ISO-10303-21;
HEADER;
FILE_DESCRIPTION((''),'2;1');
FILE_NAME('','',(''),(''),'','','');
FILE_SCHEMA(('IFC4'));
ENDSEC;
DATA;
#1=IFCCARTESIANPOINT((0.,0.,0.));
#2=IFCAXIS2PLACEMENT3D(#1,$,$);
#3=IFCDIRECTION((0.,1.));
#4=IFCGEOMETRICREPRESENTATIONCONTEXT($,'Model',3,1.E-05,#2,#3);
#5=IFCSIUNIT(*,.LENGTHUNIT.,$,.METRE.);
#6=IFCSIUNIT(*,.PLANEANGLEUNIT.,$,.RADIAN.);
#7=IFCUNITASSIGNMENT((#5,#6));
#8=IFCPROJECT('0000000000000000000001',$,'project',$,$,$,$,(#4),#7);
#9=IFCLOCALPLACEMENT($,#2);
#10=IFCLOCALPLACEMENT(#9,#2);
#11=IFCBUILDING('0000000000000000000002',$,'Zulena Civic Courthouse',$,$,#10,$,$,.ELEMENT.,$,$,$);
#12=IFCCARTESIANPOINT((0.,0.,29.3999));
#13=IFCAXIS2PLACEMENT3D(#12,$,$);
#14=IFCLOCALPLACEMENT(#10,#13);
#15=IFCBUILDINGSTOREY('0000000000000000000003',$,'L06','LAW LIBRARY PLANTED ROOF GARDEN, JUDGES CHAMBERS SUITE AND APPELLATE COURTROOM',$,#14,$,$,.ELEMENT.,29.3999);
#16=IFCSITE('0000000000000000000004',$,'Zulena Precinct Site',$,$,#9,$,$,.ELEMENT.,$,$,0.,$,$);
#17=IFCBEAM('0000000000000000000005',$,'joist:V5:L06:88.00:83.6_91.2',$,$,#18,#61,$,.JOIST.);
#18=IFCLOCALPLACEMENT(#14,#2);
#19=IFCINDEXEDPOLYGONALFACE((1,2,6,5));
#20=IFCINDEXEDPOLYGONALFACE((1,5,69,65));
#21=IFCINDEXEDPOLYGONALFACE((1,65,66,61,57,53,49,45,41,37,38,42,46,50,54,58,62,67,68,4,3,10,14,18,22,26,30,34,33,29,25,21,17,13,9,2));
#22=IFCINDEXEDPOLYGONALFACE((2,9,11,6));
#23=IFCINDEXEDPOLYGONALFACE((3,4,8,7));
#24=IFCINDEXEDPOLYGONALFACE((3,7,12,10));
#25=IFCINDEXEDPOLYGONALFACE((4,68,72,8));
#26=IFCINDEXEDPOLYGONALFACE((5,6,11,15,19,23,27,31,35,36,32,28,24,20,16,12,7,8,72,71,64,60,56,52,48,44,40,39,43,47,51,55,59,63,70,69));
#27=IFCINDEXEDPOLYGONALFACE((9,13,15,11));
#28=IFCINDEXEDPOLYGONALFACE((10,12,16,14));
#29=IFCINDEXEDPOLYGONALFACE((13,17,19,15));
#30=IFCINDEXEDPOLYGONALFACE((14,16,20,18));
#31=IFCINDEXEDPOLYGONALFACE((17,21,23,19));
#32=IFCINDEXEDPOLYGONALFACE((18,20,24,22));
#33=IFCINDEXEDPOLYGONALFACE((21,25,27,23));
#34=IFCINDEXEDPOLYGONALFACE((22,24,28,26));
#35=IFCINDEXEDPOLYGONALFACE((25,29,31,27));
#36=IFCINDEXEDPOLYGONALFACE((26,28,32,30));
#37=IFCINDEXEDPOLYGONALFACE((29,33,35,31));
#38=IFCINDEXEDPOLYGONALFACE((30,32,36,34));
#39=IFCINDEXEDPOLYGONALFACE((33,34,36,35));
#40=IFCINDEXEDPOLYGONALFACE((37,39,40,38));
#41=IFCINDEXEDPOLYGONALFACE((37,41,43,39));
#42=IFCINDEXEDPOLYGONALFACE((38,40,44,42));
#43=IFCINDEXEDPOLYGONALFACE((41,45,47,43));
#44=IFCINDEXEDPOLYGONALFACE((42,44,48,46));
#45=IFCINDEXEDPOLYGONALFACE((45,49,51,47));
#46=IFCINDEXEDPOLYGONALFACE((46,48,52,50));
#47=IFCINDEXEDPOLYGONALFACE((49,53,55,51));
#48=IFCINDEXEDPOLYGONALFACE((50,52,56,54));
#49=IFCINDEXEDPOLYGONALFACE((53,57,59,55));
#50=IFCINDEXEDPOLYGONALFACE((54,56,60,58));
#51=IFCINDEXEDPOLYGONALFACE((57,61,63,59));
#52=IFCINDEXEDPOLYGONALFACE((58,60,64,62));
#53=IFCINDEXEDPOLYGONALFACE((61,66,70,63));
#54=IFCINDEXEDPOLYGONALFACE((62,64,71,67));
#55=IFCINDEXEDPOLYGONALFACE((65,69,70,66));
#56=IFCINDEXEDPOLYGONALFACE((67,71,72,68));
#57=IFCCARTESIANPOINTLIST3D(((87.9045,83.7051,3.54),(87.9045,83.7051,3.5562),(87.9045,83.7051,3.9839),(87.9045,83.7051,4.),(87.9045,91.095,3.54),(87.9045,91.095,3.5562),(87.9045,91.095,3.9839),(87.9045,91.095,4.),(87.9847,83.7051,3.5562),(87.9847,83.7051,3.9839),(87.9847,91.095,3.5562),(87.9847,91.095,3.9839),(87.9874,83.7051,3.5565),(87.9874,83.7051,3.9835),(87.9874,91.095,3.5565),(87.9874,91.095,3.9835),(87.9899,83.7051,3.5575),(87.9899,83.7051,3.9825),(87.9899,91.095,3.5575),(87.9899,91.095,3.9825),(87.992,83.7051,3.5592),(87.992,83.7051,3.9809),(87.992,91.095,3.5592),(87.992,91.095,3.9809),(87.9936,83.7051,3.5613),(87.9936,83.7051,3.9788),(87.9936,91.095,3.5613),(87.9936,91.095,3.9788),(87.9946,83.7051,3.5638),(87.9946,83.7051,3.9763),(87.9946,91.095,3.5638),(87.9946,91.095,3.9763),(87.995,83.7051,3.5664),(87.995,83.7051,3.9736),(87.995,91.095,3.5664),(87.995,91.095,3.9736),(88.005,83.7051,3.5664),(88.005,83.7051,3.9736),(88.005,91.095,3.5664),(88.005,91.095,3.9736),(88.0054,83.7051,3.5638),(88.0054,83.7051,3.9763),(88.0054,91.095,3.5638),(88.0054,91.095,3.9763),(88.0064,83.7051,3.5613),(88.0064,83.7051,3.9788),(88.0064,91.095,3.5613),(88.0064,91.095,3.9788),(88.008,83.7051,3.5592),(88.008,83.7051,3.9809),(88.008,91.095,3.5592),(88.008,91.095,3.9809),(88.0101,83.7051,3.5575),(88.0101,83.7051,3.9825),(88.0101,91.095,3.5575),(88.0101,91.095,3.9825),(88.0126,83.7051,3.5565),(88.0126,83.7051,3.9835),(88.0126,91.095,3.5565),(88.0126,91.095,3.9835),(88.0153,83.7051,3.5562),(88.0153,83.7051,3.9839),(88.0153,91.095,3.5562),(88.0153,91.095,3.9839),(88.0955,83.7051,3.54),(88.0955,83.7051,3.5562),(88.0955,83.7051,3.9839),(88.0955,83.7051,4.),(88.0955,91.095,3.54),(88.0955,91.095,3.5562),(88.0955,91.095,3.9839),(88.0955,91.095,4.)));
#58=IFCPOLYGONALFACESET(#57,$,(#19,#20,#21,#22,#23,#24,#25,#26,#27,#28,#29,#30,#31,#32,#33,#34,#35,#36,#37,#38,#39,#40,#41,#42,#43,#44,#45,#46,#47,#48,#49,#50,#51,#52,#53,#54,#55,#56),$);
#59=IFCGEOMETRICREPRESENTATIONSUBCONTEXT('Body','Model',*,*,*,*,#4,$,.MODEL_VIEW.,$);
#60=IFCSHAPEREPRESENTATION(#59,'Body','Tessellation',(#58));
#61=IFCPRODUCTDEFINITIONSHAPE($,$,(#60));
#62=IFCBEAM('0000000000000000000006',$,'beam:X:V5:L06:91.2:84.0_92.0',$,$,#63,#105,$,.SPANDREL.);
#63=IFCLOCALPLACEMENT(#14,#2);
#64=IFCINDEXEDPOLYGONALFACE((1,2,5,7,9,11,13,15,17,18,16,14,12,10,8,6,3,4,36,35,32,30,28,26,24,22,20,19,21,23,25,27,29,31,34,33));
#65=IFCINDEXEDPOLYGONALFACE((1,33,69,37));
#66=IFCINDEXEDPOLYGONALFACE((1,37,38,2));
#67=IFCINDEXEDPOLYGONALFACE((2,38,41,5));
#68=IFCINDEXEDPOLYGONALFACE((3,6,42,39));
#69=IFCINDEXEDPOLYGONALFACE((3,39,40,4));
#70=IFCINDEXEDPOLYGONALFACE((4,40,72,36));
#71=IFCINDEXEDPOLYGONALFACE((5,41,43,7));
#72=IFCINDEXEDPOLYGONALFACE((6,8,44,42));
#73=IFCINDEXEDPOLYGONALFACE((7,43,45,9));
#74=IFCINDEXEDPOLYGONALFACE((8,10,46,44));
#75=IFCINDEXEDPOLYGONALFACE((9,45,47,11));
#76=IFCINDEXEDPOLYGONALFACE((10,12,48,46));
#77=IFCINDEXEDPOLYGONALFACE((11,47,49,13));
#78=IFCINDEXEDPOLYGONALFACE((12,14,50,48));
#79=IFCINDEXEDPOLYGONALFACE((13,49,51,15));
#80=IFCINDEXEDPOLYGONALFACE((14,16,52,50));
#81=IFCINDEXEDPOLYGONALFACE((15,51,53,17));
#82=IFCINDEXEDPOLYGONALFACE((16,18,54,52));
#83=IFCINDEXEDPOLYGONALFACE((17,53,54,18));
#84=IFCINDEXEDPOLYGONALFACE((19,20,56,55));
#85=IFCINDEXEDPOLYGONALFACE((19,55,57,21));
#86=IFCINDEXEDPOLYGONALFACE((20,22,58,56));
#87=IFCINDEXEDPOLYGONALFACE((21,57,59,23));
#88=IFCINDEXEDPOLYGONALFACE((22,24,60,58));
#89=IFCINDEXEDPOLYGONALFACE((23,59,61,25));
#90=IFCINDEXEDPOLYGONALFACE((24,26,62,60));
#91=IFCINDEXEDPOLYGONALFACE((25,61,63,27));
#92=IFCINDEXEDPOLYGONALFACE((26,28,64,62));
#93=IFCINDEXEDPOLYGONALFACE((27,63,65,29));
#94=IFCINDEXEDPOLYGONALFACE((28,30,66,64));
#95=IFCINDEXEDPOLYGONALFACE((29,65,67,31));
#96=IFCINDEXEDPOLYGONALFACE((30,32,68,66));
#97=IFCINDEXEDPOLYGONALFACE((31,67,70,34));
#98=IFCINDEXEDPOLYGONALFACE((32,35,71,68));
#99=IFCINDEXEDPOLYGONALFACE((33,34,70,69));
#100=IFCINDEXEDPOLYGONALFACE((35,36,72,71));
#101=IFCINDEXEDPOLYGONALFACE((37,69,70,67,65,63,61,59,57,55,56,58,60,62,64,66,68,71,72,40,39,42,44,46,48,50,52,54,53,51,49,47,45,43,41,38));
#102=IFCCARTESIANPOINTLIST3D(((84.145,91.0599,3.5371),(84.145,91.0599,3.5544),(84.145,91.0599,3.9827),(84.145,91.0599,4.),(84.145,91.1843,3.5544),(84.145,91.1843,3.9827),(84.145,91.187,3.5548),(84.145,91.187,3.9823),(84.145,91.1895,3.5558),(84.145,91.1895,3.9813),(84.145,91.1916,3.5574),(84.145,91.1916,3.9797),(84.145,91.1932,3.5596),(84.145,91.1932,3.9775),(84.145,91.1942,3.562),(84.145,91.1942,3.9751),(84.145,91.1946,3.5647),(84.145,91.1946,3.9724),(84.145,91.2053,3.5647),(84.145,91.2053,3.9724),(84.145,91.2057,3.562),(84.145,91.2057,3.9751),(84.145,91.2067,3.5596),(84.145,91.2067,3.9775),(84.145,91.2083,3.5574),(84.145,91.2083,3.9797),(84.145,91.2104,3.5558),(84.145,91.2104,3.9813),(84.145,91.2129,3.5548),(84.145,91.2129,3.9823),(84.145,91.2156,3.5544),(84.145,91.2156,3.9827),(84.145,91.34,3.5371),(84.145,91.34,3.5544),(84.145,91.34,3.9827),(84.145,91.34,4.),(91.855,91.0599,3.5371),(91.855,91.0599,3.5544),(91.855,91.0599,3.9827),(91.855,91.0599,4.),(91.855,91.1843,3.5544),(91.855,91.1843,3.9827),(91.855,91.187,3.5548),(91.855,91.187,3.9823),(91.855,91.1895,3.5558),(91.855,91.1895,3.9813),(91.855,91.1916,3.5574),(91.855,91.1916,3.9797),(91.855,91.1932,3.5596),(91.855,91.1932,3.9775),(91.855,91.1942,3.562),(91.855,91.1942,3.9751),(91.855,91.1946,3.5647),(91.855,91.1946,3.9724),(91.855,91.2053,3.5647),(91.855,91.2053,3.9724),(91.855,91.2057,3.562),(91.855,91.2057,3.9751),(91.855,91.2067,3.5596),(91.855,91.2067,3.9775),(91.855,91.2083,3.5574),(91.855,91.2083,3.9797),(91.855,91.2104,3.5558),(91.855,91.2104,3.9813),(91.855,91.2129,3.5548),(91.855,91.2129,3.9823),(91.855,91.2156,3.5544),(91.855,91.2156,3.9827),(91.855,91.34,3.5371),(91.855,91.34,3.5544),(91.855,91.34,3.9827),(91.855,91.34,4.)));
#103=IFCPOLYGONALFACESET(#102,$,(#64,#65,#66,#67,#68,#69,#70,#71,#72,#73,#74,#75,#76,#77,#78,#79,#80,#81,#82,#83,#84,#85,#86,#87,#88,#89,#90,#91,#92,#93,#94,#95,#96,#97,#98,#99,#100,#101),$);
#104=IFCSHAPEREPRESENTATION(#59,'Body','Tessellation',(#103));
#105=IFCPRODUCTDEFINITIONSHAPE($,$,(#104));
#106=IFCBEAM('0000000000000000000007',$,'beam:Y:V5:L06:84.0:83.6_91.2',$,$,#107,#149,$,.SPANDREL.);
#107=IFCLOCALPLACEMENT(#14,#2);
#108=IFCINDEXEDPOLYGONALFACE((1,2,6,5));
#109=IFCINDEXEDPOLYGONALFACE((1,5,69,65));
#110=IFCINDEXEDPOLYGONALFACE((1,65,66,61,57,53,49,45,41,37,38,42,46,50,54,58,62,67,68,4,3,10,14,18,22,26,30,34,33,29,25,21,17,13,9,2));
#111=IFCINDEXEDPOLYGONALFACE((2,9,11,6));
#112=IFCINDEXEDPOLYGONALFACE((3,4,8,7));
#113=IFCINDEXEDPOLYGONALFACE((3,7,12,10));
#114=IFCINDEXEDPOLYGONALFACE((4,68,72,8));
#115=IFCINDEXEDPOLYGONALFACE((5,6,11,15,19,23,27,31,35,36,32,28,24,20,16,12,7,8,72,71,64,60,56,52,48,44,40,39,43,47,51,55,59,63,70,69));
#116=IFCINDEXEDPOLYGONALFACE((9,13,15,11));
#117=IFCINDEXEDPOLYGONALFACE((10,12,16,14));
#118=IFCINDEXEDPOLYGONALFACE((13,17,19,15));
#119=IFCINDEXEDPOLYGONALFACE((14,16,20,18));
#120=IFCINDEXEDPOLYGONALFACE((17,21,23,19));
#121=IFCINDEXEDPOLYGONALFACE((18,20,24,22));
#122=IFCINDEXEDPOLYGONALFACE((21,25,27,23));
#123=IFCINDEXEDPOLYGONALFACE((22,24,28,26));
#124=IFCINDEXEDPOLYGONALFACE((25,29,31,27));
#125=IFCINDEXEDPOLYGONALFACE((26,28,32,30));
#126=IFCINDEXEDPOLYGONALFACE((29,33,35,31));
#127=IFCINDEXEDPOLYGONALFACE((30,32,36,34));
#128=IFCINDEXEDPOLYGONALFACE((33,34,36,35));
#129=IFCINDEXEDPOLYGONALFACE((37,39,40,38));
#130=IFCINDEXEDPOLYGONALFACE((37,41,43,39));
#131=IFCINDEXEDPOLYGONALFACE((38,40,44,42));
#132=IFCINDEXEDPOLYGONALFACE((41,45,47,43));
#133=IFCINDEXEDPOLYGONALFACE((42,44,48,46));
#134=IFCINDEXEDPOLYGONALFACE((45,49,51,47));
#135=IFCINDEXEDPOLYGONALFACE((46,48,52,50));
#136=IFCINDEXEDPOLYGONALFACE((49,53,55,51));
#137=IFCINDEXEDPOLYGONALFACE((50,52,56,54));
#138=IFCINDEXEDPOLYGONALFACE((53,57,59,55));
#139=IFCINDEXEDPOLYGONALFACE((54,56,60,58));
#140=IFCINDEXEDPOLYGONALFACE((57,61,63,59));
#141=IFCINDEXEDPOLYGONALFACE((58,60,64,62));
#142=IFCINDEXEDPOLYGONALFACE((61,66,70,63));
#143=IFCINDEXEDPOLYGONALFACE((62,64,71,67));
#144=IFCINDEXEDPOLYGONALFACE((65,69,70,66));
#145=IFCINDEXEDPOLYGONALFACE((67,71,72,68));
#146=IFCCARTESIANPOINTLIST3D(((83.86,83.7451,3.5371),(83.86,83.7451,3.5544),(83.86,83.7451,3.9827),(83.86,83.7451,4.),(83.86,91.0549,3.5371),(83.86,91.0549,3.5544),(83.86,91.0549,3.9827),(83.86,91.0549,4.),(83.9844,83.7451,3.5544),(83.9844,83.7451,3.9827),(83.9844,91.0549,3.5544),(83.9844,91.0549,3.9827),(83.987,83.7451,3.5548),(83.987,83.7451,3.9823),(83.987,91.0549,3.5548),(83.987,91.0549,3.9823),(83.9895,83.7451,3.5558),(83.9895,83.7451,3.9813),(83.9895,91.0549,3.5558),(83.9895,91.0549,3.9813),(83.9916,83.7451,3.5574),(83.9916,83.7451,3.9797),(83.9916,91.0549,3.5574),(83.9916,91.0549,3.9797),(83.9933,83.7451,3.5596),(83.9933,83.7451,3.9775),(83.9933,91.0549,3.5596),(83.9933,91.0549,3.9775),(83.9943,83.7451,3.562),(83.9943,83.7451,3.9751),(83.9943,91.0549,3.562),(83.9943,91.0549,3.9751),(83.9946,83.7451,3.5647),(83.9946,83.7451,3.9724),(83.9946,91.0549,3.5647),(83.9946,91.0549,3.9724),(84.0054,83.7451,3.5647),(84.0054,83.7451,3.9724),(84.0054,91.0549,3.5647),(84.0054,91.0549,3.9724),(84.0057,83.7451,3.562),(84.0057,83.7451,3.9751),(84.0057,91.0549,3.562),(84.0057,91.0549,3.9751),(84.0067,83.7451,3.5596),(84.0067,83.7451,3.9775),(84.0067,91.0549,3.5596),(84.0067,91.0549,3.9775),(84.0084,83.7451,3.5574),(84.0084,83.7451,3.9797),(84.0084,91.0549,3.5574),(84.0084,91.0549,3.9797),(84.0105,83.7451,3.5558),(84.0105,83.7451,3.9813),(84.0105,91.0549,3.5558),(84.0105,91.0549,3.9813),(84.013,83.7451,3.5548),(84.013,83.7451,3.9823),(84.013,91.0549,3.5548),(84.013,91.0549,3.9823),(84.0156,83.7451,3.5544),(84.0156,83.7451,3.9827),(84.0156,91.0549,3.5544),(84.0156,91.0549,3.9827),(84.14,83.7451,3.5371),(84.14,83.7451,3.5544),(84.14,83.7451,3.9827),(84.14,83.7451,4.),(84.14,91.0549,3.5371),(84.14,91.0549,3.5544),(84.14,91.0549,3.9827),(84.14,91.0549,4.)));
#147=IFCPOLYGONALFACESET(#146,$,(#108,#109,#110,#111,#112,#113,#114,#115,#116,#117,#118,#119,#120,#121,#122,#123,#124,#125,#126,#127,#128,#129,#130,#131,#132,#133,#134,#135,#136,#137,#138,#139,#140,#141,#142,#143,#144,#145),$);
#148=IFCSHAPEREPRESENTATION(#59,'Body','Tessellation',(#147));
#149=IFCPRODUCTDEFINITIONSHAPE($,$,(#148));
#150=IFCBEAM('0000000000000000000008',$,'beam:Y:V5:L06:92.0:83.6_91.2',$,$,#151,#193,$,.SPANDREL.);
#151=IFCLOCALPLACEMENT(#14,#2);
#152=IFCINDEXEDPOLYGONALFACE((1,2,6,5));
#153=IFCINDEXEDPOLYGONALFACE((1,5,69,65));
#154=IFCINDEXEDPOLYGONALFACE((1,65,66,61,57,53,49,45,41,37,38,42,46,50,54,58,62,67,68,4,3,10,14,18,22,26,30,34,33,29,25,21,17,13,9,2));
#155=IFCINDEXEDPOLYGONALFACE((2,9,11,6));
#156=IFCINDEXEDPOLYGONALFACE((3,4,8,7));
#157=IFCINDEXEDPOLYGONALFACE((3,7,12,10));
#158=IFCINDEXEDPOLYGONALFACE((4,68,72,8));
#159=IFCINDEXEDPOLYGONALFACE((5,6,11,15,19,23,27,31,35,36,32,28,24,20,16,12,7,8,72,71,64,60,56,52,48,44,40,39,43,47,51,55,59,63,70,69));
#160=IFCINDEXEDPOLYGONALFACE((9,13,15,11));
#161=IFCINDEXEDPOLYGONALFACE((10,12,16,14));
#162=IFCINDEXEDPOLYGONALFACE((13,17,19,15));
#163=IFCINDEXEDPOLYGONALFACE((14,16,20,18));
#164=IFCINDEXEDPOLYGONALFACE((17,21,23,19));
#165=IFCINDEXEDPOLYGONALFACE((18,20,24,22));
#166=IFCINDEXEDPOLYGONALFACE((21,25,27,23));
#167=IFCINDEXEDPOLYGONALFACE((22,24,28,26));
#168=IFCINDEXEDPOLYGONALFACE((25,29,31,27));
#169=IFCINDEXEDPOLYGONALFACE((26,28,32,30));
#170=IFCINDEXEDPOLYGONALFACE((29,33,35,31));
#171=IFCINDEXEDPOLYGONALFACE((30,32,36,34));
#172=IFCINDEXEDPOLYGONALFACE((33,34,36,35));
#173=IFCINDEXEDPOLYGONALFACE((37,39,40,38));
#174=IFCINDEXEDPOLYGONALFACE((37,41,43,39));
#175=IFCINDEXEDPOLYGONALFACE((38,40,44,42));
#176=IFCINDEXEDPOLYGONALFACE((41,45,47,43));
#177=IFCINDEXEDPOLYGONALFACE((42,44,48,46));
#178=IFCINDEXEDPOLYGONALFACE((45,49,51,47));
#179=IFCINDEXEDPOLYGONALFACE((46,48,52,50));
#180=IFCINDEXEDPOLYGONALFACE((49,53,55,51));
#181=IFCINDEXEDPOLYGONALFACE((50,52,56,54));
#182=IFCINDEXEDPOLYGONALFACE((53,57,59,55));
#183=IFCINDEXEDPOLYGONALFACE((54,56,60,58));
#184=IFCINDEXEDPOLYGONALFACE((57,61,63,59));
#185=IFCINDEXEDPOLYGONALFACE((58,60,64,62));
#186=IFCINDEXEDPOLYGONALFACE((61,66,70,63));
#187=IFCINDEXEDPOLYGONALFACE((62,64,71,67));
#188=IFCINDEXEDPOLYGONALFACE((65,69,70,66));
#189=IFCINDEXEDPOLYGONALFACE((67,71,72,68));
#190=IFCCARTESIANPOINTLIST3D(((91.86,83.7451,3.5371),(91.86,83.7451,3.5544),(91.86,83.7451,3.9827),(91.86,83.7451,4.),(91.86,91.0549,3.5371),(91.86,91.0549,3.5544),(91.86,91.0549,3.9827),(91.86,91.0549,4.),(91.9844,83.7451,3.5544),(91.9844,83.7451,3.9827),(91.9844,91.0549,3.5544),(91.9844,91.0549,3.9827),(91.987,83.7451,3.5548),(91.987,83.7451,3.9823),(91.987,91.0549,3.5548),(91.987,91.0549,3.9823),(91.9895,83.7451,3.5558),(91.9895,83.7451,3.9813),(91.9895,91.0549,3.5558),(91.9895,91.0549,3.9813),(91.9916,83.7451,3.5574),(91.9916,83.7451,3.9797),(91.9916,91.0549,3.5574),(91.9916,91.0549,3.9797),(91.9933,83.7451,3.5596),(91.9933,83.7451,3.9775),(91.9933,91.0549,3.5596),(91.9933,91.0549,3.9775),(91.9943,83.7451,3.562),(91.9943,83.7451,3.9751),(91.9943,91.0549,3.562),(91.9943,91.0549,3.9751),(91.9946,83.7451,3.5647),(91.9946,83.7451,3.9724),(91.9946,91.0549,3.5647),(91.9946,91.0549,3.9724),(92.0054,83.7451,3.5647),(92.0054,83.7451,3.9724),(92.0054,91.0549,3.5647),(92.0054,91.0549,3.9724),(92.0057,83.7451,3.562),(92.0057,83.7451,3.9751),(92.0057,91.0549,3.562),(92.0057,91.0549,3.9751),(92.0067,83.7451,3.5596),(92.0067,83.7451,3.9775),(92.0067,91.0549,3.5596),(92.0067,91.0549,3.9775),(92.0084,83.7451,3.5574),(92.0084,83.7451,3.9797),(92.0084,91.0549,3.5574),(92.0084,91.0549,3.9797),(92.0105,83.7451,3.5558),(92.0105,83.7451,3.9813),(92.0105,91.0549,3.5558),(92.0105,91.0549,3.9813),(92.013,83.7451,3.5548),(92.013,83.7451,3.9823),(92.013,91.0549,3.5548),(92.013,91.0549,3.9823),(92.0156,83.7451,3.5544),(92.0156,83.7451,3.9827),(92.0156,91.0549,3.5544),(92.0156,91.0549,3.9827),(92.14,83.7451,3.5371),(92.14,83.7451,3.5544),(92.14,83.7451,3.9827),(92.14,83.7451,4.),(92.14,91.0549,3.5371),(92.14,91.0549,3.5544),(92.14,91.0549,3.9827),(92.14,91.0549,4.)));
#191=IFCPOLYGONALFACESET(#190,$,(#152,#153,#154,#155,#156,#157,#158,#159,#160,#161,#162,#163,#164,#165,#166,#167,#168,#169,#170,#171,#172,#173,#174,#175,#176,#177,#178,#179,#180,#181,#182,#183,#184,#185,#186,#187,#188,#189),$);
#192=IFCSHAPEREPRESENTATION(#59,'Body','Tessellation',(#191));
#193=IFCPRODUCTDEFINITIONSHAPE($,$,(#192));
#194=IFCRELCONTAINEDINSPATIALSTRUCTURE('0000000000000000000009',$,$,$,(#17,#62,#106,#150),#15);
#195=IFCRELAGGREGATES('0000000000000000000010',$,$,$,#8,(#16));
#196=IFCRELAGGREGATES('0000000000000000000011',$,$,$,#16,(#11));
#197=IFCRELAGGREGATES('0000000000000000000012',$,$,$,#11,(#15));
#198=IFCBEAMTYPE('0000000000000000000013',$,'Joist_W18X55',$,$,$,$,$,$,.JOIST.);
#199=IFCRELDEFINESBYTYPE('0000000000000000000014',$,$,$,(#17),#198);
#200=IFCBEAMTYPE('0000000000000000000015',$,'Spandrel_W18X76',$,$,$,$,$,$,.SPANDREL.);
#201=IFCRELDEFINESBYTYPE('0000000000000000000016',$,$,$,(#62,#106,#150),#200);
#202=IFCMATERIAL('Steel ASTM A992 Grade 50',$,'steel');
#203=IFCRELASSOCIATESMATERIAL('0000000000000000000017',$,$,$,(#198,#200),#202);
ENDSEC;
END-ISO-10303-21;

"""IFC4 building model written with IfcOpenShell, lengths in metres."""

from ifc_helpers import new_model, si_unit, direction, frame, origin, origin_2d, place, context, subcontext, project, spatial, i_section, extrude, material, material_profile, profile_set, type_object, element, save


model = new_model("IFC4")

# Units and contexts
model_context = context("Model", 3, precision=1e-05, world=origin(), true_north=direction((0.0, 1.0)))
body_context = subcontext(model_context, "Body", "Model", "MODEL_VIEW")
ifc_project = project(units=[si_unit("LENGTHUNIT", "METRE"), si_unit("PLANEANGLEUNIT", "RADIAN")], contexts=[model_context])

# Site, building, storey
site_placement = place(None, origin())
site = spatial("IfcSite", under=ifc_project, at=site_placement, Name="Zulena Precinct Site", CompositionType="ELEMENT", RefElevation=0.0)
building_placement = place(site_placement, origin())
building = spatial("IfcBuilding", under=site, at=building_placement, Name="Zulena Civic Courthouse", CompositionType="ELEMENT")
storey_placement = place(building_placement, frame((0.0, 0.0, 29.3999)))
storey = spatial("IfcBuildingStorey", under=building, at=storey_placement, Name="L06", Description="LAW LIBRARY PLANTED ROOF GARDEN, JUDGES CHAMBERS SUITE AND APPELLATE COURTROOM", CompositionType="ELEMENT", Elevation=29.3999)

# Shared definitions
ifc_material_1 = material(Name="Steel ASTM A992 Grade 50", Category="steel")

# Beams
ifc_material_profile_1 = material_profile(ifc_material_1, i_section(OverallWidth=0.1909, OverallDepth=0.46, WebThickness=0.01, FlangeThickness=0.0161, FilletRadius=0.0103, at=origin_2d()), Name="W18X55")
ifc_profile_set_1 = profile_set([ifc_material_profile_1], Name="Steel ASTM A992 Grade 50")
beam_type_1 = type_object("IfcBeamType", Name="Joist_W18X55", PredefinedType="JOIST", material=ifc_profile_set_1)
beam_1_placement = place(storey_placement, frame((88.0, 83.7051, 3.77), z_axis=(0.0, 1.0, 0.0), x_axis=(-1.0, 0.0, 0.0)))
element("IfcBeam", 1, at=beam_1_placement, inside=storey, type_object=beam_type_1, Name="joist:V5:L06:88.00:83.6_91.2", PredefinedType="JOIST", context=body_context, shape_type="SweptSolid", body=[
    extrude(i_section(OverallWidth=0.1909, OverallDepth=0.46, WebThickness=0.01, FlangeThickness=0.0161, FilletRadius=0.0103, at=origin_2d()), origin(), (0.0, 0.0, 1.0), 7.3899),
])
ifc_material_profile_2 = material_profile(ifc_material_1, i_section(OverallWidth=0.28, OverallDepth=0.4629, WebThickness=0.0107, FlangeThickness=0.0173, FilletRadius=0.0103, at=origin_2d()), Name="W18X76")
ifc_profile_set_2 = profile_set([ifc_material_profile_2], Name="Steel ASTM A992 Grade 50")
beam_type_2 = type_object("IfcBeamType", Name="Spandrel_W18X76", PredefinedType="SPANDREL", material=ifc_profile_set_2)
beam_2_placement = place(storey_placement, frame((84.145, 91.2, 3.7686), z_axis=(1.0, 0.0, 0.0), x_axis=(0.0, 1.0, 0.0)))
element("IfcBeam", 2, at=beam_2_placement, inside=storey, type_object=beam_type_2, Name="beam:X:V5:L06:91.2:84.0_92.0", PredefinedType="SPANDREL", context=body_context, shape_type="SweptSolid", body=[
    extrude(i_section(OverallWidth=0.28, OverallDepth=0.4629, WebThickness=0.0107, FlangeThickness=0.0173, FilletRadius=0.0103, at=origin_2d()), origin(), (0.0, 0.0, 1.0), 7.71),
])
for number, where, z_axis, x_axis, name in (
    (3, (84.0, 83.7451, 3.7686), (0.0, 1.0, 0.0), (-1.0, 0.0, 0.0), "beam:Y:V5:L06:84.0:83.6_91.2"),
    (4, (92.0, 83.7451, 3.7686), (0.0, 1.0, 0.0), (-1.0, 0.0, 0.0), "beam:Y:V5:L06:92.0:83.6_91.2"),
):
    element("IfcBeam", number, at=place(storey_placement, frame(where, z_axis=z_axis, x_axis=x_axis)), inside=storey, type_object=beam_type_2, Name=name, PredefinedType="SPANDREL", context=body_context, shape_type="SweptSolid", body=[
        extrude(i_section(OverallWidth=0.28, OverallDepth=0.4629, WebThickness=0.0107, FlangeThickness=0.0173, FilletRadius=0.0103, at=origin_2d()), origin(), (0.0, 0.0, 1.0), 7.3098),
    ])

save(model, "model.ifc")
